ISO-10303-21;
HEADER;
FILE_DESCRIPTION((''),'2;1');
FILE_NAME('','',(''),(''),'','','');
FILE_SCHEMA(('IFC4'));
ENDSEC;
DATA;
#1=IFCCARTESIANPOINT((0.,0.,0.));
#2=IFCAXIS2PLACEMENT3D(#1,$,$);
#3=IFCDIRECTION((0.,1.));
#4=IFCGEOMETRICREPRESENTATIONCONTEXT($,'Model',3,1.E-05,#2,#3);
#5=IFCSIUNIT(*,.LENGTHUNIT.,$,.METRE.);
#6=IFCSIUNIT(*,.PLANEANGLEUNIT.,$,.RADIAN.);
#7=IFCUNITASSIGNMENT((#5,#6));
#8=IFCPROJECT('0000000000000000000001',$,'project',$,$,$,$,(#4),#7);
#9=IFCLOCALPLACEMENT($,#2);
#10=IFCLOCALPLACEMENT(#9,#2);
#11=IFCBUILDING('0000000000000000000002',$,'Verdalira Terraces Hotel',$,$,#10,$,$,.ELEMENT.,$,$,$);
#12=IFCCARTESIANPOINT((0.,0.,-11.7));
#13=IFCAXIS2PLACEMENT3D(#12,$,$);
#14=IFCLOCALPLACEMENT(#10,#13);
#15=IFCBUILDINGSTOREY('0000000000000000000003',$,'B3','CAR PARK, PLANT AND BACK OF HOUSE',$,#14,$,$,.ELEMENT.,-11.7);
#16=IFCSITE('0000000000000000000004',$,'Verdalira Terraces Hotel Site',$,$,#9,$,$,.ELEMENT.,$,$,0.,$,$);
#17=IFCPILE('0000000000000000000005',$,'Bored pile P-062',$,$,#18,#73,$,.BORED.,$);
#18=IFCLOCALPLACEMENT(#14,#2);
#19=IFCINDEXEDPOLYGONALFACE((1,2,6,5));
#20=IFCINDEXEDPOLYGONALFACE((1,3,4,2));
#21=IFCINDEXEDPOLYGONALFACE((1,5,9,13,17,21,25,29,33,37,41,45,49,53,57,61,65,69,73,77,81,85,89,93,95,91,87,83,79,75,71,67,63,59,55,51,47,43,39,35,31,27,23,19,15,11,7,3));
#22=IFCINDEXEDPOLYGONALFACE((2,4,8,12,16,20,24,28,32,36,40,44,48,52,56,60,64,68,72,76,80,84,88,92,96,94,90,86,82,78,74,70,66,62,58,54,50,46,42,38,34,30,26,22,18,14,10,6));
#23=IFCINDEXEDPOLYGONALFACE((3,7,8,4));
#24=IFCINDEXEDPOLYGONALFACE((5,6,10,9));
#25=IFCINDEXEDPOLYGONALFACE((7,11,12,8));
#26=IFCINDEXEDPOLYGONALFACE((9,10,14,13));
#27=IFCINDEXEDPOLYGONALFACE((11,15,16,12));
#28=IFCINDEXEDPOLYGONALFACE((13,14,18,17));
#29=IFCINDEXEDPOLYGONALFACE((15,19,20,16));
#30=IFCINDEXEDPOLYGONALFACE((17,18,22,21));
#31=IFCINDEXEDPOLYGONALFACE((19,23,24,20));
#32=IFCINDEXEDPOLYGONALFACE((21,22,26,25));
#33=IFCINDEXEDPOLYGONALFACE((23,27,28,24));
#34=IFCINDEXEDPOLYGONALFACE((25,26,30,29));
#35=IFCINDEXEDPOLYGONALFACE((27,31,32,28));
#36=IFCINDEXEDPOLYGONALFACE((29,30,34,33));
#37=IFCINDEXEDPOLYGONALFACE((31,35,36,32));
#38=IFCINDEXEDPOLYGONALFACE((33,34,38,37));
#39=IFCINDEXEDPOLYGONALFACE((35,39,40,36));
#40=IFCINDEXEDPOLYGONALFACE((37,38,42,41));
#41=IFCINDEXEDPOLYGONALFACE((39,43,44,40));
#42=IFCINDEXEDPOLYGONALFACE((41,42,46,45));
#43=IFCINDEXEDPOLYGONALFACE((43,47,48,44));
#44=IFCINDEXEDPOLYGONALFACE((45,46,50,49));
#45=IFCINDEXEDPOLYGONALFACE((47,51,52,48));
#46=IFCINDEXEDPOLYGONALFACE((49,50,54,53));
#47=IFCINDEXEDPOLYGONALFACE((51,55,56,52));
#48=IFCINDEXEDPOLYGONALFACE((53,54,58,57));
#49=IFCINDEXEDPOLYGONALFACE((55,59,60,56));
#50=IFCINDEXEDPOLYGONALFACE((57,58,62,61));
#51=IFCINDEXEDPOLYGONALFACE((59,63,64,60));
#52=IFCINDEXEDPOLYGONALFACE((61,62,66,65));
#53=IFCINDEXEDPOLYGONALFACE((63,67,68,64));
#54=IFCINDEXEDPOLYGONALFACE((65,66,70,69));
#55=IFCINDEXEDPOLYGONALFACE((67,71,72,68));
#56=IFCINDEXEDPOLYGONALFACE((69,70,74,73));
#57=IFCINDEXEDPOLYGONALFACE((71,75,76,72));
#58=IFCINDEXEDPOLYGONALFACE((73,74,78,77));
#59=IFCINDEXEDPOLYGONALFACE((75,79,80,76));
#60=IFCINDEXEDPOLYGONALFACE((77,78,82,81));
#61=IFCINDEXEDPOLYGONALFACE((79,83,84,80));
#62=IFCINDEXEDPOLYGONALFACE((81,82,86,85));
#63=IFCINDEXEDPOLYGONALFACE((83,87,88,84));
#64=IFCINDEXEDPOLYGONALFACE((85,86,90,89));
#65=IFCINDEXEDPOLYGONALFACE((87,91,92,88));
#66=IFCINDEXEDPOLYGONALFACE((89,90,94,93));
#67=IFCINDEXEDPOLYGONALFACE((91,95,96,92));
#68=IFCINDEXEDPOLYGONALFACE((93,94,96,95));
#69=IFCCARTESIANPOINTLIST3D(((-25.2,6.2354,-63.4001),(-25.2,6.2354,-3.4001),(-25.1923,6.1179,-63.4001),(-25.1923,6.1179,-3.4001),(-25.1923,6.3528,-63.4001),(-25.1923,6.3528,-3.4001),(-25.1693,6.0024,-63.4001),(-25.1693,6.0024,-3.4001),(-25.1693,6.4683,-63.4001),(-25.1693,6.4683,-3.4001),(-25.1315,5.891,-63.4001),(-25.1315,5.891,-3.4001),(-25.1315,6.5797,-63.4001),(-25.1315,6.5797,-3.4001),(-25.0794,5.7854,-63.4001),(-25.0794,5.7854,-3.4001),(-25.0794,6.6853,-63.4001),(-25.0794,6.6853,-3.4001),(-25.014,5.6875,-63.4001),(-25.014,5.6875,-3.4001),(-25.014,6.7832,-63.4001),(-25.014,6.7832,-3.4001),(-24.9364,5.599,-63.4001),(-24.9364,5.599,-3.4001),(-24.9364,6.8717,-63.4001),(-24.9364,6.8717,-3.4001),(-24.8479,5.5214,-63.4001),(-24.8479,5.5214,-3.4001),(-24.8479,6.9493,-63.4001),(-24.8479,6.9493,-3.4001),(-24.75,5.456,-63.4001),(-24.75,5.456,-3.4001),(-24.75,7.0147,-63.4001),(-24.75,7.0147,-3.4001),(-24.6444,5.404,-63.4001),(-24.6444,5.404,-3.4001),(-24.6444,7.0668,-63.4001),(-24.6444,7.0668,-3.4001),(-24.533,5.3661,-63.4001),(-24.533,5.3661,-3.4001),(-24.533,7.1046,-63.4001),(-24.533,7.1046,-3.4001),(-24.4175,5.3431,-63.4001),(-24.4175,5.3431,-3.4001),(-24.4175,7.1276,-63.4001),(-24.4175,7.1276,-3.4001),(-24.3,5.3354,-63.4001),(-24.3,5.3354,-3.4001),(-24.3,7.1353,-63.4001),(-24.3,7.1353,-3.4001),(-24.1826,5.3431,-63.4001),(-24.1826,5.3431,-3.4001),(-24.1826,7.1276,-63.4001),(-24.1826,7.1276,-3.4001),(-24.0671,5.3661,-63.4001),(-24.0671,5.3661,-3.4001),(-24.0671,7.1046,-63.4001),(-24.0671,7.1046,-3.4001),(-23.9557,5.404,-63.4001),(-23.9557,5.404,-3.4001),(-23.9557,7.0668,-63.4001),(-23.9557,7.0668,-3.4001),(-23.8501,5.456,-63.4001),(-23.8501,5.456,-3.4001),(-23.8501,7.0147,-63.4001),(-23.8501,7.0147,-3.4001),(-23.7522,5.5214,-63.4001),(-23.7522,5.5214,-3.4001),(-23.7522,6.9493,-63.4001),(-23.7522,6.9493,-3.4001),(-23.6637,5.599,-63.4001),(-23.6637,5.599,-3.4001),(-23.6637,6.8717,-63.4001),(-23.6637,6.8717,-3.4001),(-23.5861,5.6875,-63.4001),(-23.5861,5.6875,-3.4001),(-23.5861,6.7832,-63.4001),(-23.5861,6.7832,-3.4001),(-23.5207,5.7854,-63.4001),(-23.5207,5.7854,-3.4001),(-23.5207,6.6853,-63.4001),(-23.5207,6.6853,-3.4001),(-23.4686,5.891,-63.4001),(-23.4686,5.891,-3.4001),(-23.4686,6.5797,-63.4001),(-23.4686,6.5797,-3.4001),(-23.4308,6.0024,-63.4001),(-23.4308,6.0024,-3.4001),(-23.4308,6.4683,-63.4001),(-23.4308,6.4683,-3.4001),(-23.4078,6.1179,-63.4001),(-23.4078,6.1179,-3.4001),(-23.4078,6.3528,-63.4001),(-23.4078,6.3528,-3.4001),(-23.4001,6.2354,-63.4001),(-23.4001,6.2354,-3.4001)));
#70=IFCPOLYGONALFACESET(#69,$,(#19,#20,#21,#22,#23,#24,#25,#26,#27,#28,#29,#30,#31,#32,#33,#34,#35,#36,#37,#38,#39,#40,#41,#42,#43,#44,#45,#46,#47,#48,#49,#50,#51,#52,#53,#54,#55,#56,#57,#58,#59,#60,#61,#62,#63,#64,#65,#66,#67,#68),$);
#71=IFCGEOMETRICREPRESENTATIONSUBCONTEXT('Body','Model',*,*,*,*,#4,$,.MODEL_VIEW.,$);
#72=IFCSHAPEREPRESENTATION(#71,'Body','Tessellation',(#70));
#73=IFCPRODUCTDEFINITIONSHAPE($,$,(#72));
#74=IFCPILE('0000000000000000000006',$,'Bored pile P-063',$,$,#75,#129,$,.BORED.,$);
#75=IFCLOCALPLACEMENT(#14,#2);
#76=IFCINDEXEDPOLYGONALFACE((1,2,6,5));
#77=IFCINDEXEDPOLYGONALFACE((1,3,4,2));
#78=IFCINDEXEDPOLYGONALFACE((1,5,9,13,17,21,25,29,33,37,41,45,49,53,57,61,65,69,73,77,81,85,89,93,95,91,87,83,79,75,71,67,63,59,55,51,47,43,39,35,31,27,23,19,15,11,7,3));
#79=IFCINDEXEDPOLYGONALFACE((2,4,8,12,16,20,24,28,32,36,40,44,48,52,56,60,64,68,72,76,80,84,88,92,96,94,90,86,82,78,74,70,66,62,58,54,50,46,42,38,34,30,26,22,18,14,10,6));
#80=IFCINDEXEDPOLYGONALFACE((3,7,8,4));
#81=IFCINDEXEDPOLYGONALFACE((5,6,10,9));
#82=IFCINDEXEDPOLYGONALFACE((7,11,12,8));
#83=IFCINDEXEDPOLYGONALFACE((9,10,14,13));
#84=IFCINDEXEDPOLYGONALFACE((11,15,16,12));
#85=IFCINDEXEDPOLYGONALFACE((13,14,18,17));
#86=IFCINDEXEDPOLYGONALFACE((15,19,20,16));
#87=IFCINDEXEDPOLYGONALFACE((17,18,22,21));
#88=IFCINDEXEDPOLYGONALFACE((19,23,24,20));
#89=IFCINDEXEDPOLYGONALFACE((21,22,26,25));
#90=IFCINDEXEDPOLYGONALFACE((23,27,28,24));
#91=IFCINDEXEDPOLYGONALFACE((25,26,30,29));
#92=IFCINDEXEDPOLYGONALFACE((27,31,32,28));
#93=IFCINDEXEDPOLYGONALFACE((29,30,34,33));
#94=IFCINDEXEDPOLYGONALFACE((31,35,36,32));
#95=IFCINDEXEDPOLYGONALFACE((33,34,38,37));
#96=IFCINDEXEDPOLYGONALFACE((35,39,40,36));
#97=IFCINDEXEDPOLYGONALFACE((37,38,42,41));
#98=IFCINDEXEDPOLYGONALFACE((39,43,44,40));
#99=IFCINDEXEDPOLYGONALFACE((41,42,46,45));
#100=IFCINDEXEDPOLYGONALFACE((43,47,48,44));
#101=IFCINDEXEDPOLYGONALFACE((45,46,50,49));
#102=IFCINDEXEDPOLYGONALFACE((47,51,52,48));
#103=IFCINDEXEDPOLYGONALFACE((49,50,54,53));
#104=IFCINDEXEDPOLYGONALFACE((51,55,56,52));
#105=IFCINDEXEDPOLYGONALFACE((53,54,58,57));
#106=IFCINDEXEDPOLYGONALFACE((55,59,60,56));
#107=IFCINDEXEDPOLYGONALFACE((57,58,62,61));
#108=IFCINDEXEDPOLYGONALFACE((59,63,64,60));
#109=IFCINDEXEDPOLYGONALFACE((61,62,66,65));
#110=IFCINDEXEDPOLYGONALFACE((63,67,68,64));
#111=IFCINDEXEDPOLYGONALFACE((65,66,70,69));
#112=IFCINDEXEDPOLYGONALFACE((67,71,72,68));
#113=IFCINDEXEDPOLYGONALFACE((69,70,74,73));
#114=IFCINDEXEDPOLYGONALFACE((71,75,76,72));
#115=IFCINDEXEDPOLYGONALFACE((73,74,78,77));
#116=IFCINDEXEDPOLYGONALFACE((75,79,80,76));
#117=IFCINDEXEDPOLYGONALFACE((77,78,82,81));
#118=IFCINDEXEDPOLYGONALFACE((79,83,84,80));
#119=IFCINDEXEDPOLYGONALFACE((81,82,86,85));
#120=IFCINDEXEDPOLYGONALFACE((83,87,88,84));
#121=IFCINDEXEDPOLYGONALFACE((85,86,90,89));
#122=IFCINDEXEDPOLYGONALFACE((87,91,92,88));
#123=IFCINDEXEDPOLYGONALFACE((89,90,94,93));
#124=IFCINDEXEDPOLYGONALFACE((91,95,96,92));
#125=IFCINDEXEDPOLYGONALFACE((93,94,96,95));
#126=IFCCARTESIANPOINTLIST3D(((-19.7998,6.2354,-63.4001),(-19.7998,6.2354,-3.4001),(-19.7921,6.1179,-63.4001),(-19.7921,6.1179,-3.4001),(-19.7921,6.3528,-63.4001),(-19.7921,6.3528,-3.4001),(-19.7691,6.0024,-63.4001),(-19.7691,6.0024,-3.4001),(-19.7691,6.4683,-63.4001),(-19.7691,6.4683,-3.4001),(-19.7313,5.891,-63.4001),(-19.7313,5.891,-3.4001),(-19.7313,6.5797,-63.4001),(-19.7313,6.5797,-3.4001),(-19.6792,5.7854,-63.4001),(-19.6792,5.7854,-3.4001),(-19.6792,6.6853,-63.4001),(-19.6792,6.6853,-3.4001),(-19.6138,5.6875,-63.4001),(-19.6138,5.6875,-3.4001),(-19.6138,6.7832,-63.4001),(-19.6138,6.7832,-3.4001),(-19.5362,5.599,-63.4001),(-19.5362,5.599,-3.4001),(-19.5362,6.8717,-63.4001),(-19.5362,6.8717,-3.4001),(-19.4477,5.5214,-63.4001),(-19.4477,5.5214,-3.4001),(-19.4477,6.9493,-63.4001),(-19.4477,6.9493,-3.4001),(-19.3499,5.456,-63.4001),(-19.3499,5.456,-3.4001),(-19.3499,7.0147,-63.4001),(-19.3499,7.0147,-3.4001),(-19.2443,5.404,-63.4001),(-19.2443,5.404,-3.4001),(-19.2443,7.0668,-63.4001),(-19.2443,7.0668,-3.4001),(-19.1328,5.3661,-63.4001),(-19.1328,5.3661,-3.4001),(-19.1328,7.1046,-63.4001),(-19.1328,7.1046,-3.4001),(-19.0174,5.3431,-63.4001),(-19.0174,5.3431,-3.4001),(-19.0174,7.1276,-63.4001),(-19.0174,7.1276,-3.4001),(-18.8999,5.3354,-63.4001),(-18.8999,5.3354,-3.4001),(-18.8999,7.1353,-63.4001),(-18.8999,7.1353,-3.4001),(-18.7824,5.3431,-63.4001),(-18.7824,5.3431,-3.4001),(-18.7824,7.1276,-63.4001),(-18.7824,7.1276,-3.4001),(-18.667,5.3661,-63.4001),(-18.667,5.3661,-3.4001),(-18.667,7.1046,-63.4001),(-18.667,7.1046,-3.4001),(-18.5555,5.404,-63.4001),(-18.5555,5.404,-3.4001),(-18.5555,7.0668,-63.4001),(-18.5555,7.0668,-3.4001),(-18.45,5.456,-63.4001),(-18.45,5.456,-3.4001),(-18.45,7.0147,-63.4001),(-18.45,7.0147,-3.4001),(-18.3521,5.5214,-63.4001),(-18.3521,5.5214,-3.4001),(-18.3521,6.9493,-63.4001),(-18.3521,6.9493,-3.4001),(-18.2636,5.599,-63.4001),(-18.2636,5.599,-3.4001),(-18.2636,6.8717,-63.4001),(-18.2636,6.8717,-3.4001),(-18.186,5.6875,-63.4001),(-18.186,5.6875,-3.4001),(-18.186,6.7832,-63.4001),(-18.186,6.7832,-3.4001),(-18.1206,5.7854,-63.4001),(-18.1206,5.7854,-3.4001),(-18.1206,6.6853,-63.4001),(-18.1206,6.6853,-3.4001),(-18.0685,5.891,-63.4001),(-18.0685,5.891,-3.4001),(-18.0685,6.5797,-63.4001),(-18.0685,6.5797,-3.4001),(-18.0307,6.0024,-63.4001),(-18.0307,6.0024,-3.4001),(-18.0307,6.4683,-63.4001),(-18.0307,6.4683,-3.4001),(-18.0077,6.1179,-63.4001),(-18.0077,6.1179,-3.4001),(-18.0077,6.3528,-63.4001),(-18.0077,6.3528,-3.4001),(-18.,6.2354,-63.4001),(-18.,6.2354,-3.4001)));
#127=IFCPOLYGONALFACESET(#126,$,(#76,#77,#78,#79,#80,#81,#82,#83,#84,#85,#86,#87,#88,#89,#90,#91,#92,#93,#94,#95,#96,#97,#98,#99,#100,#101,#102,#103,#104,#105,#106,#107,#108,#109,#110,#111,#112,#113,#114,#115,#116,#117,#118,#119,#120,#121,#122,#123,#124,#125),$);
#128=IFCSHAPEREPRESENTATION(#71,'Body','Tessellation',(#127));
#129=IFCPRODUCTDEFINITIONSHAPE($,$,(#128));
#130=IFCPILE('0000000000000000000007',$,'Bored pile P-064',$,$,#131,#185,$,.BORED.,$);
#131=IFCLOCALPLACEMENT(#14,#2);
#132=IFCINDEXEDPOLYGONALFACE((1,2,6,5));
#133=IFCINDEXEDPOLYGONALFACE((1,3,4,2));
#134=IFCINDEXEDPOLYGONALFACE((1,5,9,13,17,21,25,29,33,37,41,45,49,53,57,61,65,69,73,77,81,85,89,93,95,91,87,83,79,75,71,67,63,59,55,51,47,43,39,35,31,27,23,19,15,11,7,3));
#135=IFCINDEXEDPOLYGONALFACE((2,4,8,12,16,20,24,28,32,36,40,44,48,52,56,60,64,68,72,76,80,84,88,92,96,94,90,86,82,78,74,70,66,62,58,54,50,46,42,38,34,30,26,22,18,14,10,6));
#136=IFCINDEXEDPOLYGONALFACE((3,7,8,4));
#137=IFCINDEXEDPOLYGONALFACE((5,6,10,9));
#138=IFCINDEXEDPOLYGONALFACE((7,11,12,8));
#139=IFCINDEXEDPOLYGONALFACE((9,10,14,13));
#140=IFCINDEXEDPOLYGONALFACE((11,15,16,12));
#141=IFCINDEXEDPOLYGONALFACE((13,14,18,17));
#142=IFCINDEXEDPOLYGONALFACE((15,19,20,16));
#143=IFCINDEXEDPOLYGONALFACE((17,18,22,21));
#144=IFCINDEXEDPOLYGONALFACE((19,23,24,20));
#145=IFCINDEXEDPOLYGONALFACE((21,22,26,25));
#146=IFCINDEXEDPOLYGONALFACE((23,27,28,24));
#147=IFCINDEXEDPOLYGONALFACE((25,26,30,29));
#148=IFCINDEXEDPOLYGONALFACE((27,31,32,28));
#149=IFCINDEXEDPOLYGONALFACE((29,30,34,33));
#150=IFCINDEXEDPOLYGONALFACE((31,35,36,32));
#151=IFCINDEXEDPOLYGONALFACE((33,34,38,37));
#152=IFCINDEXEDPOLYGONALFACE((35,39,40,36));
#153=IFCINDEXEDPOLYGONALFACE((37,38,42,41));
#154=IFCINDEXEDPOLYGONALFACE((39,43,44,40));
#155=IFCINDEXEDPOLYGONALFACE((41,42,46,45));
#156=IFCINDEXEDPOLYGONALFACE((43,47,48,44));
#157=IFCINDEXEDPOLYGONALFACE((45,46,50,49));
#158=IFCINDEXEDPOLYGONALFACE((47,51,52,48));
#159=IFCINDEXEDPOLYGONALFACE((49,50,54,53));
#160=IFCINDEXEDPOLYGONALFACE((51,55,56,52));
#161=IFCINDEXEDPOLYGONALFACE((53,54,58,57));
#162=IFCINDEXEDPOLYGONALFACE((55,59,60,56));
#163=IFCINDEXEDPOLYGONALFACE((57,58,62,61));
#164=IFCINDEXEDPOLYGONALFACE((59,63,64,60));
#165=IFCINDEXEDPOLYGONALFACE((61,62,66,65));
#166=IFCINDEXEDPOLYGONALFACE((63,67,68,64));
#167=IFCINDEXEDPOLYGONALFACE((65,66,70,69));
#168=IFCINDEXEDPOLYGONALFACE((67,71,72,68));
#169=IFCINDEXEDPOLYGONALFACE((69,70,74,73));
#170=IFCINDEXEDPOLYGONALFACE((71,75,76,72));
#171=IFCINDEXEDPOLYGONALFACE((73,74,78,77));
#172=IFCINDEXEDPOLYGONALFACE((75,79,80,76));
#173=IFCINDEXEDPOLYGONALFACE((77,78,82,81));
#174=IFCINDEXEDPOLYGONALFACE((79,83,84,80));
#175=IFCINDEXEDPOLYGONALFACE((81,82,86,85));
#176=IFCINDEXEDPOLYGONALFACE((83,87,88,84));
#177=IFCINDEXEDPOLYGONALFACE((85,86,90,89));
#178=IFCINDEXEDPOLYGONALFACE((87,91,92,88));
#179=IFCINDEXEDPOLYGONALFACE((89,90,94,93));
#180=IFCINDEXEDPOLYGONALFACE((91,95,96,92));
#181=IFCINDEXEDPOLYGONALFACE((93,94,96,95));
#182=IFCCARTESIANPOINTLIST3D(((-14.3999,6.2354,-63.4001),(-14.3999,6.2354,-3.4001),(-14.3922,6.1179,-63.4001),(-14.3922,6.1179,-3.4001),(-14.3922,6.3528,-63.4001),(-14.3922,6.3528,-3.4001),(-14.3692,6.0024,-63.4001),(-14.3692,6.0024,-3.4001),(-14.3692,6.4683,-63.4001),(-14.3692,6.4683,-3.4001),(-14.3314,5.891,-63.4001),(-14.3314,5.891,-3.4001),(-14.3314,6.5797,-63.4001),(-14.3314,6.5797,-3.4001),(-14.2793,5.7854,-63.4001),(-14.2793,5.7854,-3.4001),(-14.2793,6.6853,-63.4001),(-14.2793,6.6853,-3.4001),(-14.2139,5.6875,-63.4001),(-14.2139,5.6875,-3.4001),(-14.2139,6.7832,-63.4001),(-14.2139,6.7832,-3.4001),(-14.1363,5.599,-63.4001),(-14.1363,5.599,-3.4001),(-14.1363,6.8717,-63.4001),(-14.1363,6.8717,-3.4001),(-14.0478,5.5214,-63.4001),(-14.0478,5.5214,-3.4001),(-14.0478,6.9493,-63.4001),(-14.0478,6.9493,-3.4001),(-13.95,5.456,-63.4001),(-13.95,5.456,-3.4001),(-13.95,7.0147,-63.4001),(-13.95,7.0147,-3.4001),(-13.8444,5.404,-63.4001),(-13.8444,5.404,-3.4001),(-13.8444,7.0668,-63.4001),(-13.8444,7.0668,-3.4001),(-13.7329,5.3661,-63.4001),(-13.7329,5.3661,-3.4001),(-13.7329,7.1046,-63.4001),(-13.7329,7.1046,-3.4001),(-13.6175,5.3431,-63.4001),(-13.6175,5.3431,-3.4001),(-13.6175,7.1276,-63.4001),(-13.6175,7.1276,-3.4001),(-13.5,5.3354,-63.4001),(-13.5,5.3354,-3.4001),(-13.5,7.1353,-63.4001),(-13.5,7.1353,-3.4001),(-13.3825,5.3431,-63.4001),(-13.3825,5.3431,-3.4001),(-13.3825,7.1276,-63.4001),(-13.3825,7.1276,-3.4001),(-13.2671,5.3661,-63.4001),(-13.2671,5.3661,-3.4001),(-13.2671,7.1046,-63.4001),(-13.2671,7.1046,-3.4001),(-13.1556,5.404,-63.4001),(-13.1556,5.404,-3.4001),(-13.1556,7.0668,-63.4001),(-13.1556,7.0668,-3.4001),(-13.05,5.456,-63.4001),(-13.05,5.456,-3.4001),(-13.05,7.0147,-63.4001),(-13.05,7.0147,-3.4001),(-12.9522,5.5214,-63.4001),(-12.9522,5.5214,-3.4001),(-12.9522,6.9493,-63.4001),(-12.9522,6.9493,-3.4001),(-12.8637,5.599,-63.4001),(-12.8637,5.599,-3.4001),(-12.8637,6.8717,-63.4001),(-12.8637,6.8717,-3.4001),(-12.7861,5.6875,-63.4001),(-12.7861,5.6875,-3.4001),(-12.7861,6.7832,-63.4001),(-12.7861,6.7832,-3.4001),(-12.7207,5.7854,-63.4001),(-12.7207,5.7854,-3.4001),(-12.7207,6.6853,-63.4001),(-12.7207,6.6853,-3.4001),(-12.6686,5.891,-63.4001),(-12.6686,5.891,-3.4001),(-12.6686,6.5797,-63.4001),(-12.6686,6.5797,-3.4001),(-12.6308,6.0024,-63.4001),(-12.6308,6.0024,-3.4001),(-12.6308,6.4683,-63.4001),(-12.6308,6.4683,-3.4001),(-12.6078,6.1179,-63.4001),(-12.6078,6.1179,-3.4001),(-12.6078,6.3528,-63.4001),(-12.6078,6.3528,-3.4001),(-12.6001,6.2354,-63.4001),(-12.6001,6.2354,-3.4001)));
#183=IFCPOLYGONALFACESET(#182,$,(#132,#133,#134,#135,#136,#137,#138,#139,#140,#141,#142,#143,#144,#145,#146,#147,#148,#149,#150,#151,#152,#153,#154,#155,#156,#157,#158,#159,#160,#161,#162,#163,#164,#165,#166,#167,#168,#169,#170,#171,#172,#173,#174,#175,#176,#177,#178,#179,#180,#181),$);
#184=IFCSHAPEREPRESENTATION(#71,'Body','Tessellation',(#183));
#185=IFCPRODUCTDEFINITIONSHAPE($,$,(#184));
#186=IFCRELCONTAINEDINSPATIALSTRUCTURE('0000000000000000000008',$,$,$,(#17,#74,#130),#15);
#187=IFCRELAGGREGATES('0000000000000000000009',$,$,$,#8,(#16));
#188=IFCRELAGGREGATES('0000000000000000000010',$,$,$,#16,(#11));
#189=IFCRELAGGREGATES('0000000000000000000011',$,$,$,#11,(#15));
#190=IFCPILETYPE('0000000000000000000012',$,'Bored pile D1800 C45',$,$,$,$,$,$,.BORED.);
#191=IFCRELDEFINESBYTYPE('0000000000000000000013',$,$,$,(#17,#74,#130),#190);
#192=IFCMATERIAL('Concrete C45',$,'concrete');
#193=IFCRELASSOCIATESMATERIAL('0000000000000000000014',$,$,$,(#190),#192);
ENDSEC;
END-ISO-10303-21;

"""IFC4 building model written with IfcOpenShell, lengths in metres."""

from ifc_helpers import new_model, si_unit, direction, frame, origin, origin_2d, place, context, subcontext, project, spatial, circle, extrude, material, material_profile, profile_set, type_object, element, save


model = new_model("IFC4")

# Units and contexts
model_context = context("Model", 3, precision=1e-05, world=origin(), true_north=direction((0.0, 1.0)))
body_context = subcontext(model_context, "Body", "Model", "MODEL_VIEW")
ifc_project = project(units=[si_unit("LENGTHUNIT", "METRE"), si_unit("PLANEANGLEUNIT", "RADIAN")], contexts=[model_context])

# Site, building, storey
site_placement = place(None, origin())
site = spatial("IfcSite", under=ifc_project, at=site_placement, Name="Verdalira Terraces Hotel Site", CompositionType="ELEMENT", RefElevation=0.0)
building_placement = place(site_placement, origin())
building = spatial("IfcBuilding", under=site, at=building_placement, Name="Verdalira Terraces Hotel", CompositionType="ELEMENT")
storey_placement = place(building_placement, frame((0.0, 0.0, -11.7)))
storey = spatial("IfcBuildingStorey", under=building, at=storey_placement, Name="B3", Description="CAR PARK, PLANT AND BACK OF HOUSE", CompositionType="ELEMENT", Elevation=-11.7)

# Piles
ifc_material_1 = material(Name="Concrete C45", Category="concrete")
ifc_material_profile_1 = material_profile(ifc_material_1, circle(Radius=0.8999, at=origin_2d()), Name="D1800")
ifc_profile_set_1 = profile_set([ifc_material_profile_1], Name="Concrete C45")
pile_type = type_object("IfcPileType", Name="Bored pile D1800 C45", PredefinedType="BORED", material=ifc_profile_set_1)
for number, where, z_axis, x_axis, name in (
    (1, (-24.3, 6.2354, -3.4001), (0.0, 0.0, -1.0), (1.0, 0.0, 0.0), "Bored pile P-062"),
    (2, (-18.8999, 6.2354, -3.4001), (0.0, 0.0, -1.0), (1.0, 0.0, 0.0), "Bored pile P-063"),
    (3, (-13.5, 6.2354, -3.4001), (0.0, 0.0, -1.0), (1.0, 0.0, 0.0), "Bored pile P-064"),
):
    element("IfcPile", number, at=place(storey_placement, frame(where, z_axis=z_axis, x_axis=x_axis)), inside=storey, type_object=pile_type, Name=name, PredefinedType="BORED", context=body_context, shape_type="SweptSolid", body=[
        extrude(circle(Radius=0.8999, at=origin_2d()), origin(), (0.0, 0.0, 1.0), 60.0),
    ])

save(model, "model.ifc")
